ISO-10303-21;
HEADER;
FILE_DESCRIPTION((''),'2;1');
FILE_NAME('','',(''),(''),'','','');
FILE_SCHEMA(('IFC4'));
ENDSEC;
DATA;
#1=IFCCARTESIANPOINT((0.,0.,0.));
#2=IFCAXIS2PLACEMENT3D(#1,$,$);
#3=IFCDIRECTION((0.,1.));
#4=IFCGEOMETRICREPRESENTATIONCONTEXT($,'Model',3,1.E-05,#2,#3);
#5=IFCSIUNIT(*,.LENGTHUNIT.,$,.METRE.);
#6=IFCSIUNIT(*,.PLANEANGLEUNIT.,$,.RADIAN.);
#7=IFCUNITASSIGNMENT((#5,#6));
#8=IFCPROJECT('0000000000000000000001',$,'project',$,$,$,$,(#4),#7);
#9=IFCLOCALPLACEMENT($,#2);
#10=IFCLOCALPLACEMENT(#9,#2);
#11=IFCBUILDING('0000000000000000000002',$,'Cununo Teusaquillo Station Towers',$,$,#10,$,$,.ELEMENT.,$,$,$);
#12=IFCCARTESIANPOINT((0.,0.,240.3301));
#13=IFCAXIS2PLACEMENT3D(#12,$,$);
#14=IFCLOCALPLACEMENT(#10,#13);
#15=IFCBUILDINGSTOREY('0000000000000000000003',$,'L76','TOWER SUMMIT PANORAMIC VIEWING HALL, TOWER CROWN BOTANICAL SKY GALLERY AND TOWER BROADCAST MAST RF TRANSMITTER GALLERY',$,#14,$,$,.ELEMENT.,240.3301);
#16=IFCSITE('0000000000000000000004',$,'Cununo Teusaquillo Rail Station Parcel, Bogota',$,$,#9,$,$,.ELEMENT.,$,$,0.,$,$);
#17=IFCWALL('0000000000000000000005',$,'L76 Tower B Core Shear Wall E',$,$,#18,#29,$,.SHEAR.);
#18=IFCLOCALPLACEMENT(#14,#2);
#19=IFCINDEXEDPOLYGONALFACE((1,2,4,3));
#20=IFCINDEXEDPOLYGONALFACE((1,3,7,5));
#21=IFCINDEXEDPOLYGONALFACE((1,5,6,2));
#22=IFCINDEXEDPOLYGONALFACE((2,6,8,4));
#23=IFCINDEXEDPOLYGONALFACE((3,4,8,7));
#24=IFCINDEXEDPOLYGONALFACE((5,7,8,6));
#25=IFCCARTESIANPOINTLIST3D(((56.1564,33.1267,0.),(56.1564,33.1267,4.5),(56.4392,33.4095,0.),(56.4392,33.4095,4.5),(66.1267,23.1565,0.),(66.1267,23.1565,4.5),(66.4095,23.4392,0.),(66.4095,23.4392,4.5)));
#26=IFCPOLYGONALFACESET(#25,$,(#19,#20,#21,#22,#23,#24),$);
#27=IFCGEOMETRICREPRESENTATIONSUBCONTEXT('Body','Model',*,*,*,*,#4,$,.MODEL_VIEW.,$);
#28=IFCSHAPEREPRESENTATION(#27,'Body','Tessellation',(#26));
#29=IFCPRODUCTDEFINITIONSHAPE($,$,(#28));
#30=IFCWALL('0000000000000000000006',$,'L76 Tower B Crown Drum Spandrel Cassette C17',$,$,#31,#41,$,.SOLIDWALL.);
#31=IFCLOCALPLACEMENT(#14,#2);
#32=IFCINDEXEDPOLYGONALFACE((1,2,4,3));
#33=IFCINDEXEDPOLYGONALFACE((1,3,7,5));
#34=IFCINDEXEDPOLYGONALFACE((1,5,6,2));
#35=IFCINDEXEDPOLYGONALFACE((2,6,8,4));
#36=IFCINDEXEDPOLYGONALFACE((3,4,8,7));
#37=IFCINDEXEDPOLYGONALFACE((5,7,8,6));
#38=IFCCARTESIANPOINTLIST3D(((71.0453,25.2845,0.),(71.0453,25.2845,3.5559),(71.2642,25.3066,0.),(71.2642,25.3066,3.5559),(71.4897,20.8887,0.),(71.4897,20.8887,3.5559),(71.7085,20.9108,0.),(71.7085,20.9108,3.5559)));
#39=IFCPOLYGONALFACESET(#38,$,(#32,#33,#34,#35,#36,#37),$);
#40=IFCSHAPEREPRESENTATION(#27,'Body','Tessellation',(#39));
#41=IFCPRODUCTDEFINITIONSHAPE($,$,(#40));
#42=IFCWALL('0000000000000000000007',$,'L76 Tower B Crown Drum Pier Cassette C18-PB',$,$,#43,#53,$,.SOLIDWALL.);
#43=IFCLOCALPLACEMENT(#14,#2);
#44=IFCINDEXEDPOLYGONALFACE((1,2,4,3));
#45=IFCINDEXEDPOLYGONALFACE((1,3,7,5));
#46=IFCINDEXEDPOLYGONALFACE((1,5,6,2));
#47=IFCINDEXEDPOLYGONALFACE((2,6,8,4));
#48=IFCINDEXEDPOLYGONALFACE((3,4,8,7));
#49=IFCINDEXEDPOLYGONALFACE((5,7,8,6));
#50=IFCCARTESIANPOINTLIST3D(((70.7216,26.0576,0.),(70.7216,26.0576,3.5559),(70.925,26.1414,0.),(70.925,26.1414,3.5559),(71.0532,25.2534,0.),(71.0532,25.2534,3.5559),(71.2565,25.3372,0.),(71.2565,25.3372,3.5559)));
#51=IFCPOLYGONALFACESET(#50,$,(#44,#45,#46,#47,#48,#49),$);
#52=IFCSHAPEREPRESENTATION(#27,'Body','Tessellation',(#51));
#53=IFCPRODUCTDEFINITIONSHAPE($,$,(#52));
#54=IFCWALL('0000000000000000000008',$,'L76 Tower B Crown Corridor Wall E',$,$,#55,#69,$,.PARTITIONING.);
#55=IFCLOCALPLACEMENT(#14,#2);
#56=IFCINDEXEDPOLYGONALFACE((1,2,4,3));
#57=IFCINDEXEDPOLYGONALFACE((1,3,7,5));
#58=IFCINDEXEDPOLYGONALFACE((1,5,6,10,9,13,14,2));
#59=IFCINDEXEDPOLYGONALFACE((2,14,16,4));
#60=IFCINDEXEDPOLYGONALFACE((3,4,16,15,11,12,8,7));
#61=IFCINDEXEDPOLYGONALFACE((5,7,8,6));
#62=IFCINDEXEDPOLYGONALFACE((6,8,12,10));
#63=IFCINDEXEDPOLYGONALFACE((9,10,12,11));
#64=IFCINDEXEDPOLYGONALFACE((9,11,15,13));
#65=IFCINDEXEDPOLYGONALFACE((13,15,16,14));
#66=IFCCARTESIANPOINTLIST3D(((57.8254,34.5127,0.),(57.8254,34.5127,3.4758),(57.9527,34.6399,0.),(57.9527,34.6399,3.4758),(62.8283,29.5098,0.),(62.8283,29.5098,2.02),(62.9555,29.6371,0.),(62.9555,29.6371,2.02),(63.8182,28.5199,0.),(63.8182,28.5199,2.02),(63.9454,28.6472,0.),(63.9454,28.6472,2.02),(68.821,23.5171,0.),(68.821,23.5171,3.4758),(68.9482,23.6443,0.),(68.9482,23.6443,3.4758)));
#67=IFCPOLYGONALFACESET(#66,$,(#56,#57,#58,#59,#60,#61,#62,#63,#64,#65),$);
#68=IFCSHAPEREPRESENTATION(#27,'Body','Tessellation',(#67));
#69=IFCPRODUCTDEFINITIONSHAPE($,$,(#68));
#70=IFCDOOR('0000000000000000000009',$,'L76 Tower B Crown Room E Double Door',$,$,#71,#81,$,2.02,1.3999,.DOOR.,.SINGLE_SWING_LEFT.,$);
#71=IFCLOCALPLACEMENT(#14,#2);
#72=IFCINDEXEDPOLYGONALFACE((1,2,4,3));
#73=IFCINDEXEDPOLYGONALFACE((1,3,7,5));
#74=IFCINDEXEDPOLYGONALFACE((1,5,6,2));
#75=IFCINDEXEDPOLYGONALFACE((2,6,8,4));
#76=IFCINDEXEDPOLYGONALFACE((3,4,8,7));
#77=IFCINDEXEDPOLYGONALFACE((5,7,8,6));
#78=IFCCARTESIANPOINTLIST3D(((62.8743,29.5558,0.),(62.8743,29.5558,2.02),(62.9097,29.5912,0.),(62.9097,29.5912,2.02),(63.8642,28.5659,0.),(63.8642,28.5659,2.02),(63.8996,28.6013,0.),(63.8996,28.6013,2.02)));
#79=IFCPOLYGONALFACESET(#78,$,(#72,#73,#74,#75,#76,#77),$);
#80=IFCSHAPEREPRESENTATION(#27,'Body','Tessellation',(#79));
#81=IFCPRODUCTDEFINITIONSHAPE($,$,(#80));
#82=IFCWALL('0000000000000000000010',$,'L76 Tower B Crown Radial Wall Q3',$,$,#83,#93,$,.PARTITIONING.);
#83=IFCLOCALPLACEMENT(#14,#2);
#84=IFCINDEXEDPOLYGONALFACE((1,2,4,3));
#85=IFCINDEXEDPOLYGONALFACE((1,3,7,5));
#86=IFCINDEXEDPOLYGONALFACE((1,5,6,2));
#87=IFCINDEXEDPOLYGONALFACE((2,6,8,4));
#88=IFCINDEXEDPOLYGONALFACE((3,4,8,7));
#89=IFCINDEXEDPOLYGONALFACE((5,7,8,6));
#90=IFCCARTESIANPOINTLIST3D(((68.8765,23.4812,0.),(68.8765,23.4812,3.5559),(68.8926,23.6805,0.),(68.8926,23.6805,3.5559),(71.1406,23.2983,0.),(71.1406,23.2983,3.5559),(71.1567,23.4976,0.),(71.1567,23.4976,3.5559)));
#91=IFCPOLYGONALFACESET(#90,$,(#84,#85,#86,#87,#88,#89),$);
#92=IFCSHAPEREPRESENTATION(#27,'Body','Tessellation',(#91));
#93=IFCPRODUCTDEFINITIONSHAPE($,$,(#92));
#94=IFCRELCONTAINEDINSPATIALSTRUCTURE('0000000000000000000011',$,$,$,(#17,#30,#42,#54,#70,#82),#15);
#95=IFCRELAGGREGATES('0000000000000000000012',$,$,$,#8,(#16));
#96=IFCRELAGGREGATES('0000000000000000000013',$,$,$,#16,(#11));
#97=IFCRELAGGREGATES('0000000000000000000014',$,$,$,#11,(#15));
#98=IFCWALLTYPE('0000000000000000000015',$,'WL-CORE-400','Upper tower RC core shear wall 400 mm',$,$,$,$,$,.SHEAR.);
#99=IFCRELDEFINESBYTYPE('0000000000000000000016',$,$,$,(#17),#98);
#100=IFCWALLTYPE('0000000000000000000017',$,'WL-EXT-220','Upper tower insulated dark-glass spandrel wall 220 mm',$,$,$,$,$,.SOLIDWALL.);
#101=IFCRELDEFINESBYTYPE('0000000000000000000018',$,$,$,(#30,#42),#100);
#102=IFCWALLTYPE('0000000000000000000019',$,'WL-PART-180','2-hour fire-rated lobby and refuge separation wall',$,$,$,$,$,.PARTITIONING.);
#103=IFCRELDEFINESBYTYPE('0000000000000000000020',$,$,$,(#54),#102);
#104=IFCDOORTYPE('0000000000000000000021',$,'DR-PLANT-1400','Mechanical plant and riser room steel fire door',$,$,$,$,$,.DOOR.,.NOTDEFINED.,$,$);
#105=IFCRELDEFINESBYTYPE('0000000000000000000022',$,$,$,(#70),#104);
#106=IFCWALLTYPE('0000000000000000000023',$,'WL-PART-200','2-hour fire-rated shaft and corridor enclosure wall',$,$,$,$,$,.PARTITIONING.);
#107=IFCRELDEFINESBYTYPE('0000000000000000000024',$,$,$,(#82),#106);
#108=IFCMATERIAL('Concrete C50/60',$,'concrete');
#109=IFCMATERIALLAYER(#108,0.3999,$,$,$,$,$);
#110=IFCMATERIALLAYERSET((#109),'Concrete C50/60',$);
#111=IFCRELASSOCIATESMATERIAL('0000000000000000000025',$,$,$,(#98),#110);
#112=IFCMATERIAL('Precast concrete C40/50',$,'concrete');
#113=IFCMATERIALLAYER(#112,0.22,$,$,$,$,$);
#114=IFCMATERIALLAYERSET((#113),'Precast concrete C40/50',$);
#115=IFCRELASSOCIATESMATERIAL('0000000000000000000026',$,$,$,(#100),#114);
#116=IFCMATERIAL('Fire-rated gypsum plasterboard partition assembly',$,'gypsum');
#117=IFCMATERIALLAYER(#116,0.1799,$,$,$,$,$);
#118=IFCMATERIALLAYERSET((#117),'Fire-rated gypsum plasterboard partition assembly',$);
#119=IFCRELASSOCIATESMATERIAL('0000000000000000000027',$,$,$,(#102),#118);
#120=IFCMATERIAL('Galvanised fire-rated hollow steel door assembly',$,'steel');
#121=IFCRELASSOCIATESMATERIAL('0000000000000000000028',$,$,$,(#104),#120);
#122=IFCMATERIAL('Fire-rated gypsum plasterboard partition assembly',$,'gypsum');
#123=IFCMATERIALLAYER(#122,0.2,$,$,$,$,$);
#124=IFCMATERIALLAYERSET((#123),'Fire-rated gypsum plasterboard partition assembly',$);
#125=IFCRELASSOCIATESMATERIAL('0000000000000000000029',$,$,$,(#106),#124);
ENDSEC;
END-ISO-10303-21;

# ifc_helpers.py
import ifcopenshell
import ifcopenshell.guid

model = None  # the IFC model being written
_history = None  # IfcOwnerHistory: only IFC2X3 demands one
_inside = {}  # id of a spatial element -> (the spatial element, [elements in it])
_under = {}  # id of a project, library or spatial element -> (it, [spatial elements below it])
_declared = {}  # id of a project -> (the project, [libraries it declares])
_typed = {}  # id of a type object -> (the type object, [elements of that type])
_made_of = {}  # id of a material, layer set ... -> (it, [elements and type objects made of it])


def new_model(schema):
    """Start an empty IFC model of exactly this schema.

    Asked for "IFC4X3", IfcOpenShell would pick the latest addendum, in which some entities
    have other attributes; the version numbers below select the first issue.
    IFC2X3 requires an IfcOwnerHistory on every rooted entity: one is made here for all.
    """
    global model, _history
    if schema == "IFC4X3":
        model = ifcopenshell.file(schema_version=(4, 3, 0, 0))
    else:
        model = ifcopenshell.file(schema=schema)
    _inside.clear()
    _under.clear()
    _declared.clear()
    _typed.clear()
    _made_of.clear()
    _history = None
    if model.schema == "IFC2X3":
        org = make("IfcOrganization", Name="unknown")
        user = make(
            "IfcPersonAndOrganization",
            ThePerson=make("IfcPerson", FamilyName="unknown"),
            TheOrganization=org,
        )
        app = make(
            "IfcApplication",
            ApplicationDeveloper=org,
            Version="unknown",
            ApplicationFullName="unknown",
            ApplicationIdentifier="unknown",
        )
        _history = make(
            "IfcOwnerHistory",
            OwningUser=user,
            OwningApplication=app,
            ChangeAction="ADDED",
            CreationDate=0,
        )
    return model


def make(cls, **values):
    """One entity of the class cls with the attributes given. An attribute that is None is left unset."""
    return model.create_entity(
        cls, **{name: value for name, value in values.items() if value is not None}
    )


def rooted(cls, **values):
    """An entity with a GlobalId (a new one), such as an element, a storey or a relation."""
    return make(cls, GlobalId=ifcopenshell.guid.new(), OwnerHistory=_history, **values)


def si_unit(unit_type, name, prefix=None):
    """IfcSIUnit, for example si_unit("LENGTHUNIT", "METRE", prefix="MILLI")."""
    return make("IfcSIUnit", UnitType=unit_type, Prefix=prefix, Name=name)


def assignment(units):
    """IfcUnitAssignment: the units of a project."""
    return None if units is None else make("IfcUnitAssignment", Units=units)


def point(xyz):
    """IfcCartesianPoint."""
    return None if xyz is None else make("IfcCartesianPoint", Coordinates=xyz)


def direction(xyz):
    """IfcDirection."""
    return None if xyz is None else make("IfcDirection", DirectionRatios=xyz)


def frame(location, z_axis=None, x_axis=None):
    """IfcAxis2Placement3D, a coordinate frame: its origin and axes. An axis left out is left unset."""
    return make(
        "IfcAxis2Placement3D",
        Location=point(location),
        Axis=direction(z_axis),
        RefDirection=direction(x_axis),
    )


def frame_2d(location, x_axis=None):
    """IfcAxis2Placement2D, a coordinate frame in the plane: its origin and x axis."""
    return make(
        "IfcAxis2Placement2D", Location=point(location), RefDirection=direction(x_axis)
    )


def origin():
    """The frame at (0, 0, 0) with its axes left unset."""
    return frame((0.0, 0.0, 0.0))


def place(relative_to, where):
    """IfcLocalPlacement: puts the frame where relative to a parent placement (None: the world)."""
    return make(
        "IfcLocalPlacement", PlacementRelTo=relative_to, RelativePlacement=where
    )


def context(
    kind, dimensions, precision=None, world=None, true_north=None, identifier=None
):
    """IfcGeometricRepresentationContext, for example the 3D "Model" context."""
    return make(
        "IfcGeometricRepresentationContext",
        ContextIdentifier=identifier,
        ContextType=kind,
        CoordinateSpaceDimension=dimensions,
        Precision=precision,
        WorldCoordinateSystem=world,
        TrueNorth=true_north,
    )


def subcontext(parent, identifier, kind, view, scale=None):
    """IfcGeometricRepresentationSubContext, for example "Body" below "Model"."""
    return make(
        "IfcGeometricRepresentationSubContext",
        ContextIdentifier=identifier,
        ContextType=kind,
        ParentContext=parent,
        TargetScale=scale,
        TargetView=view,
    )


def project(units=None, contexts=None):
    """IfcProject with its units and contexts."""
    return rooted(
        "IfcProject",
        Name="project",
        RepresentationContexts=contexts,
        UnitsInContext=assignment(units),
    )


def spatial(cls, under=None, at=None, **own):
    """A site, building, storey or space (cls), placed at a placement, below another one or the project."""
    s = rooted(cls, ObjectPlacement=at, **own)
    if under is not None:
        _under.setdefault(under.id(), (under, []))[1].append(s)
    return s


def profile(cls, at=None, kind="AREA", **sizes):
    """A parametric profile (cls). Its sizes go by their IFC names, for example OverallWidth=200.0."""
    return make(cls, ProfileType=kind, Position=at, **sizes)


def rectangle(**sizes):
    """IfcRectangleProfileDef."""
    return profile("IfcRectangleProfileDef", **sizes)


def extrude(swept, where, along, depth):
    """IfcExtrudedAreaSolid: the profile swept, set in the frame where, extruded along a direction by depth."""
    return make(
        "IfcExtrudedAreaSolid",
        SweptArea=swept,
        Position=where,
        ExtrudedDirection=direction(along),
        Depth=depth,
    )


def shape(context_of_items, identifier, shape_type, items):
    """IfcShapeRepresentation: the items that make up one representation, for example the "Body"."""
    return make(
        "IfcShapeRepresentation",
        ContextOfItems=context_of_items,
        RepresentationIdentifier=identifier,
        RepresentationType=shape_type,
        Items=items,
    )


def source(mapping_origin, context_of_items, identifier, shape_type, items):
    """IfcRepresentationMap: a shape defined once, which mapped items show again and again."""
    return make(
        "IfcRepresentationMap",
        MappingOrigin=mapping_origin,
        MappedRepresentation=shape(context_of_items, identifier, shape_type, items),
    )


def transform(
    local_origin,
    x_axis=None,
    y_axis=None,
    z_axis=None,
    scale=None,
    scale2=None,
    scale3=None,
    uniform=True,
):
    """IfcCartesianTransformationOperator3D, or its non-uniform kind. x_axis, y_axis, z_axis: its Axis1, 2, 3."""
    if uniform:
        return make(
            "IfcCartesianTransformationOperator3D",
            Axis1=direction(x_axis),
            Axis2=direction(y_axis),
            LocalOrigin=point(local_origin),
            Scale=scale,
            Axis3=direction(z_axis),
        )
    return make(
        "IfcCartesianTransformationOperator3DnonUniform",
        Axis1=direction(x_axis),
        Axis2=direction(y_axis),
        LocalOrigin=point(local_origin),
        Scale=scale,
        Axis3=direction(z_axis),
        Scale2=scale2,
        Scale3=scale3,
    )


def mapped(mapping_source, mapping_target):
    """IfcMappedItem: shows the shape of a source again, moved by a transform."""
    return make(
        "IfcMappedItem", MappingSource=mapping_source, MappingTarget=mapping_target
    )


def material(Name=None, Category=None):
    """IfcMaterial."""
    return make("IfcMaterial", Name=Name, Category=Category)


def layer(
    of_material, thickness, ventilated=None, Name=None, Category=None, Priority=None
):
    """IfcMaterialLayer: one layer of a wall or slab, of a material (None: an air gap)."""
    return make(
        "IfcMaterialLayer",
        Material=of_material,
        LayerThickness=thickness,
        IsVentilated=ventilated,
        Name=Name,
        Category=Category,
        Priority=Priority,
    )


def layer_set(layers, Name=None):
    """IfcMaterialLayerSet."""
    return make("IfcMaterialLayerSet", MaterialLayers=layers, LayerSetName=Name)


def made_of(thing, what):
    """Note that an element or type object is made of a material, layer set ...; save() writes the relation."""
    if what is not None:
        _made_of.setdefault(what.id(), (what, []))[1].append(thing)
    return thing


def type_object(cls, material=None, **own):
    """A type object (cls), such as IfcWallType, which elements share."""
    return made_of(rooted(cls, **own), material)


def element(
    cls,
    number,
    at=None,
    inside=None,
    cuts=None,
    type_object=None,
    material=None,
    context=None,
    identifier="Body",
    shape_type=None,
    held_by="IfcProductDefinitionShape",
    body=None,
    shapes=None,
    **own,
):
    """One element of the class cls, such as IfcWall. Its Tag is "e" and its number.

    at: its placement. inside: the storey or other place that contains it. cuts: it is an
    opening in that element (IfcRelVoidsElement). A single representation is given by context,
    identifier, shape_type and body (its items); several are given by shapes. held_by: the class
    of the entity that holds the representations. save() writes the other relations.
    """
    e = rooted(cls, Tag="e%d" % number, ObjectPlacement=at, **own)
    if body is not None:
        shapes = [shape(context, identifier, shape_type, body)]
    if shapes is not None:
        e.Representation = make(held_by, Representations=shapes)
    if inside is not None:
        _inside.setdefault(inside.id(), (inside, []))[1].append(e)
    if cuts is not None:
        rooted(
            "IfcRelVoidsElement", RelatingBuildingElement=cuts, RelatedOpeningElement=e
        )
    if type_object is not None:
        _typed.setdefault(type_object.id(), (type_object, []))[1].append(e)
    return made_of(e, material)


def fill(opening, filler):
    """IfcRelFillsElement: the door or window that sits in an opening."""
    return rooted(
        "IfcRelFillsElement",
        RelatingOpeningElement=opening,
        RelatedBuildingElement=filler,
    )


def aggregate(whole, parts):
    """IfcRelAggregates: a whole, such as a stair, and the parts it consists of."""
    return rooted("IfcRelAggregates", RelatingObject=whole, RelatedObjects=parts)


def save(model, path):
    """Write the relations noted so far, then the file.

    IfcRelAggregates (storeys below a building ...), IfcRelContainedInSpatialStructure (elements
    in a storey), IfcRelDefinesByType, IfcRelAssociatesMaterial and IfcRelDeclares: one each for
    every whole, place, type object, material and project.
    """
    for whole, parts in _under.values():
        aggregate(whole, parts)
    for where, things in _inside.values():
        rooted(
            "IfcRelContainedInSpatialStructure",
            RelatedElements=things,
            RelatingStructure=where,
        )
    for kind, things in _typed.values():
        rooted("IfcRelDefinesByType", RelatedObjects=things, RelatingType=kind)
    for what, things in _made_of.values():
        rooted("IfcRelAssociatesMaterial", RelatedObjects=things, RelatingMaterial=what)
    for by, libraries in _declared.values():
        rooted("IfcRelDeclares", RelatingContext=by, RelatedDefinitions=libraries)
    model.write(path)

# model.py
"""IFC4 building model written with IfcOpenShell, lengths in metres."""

from ifc_helpers import new_model, si_unit, direction, frame, frame_2d, origin, place, context, subcontext, project, spatial, rectangle, extrude, source, transform, mapped, material, layer, layer_set, type_object, element, fill, save


model = new_model("IFC4")

# Units and contexts
model_context = context("Model", 3, precision=1e-05, world=origin(), true_north=direction((0.0, 1.0)))
body_context = subcontext(model_context, "Body", "Model", "MODEL_VIEW")
ifc_project = project(units=[si_unit("LENGTHUNIT", "METRE"), si_unit("PLANEANGLEUNIT", "RADIAN")], contexts=[model_context])

# Site, building, storey
site_placement = place(None, origin())
site = spatial("IfcSite", under=ifc_project, at=site_placement, Name="Cununo Teusaquillo Rail Station Parcel, Bogota", CompositionType="ELEMENT", RefElevation=0.0)
building_placement = place(site_placement, origin())
building = spatial("IfcBuilding", under=site, at=building_placement, Name="Cununo Teusaquillo Station Towers", CompositionType="ELEMENT")
storey_placement = place(building_placement, frame((0.0, 0.0, 240.3301)))
storey = spatial("IfcBuildingStorey", under=building, at=storey_placement, Name="L76", Description="TOWER SUMMIT PANORAMIC VIEWING HALL, TOWER CROWN BOTANICAL SKY GALLERY AND TOWER BROADCAST MAST RF TRANSMITTER GALLERY", CompositionType="ELEMENT", Elevation=240.3301)

# Walls
ifc_material_1 = material(Name="Concrete C50/60", Category="concrete")
ifc_layer_1 = layer(ifc_material_1, 0.3999)
ifc_layer_set_1 = layer_set([ifc_layer_1], Name="Concrete C50/60")
wall_type_1 = type_object("IfcWallType", Name="WL-CORE-400", Description="Upper tower RC core shear wall 400 mm", PredefinedType="SHEAR", material=ifc_layer_set_1)
wall_1_placement = place(storey_placement, frame((66.2681, 23.2979, 0.0), z_axis=(0.0, 0.0, 1.0), x_axis=(-0.707107, 0.707107, 0.0)))
element("IfcWall", 1, at=wall_1_placement, inside=storey, type_object=wall_type_1, Name="L76 Tower B Core Shear Wall E", PredefinedType="SHEAR", context=body_context, shape_type="SweptSolid", body=[
    extrude(rectangle(XDim=14.1001, YDim=0.3999, at=frame_2d((7.05, 0.0))), origin(), (0.0, 0.0, 1.0), 4.5),
])
ifc_material_2 = material(Name="Precast concrete C40/50", Category="concrete")
ifc_layer_2 = layer(ifc_material_2, 0.22)
ifc_layer_set_2 = layer_set([ifc_layer_2], Name="Precast concrete C40/50")
wall_type_2 = type_object("IfcWallType", Name="WL-EXT-220", Description="Upper tower insulated dark-glass spandrel wall 220 mm", PredefinedType="SOLIDWALL", material=ifc_layer_set_2)
wall_2_placement = place(storey_placement, frame((71.1548, 25.2954, 0.0), z_axis=(0.0, 0.0, 1.0), x_axis=(0.100571, -0.99493, 0.0)))
element("IfcWall", 2, at=wall_2_placement, inside=storey, type_object=wall_type_2, Name="L76 Tower B Crown Drum Spandrel Cassette C17", PredefinedType="SOLIDWALL", context=body_context, shape_type="SweptSolid", body=[
    extrude(rectangle(XDim=4.4182, YDim=0.22, at=frame_2d((2.209, 0.0))), origin(), (0.0, 0.0, 1.0), 3.5559),
])
wall_3_placement = place(storey_placement, frame((70.8232, 26.0996, 0.0), z_axis=(0.0, 0.0, 1.0), x_axis=(0.381145, -0.924515, 0.0)))
element("IfcWall", 3, at=wall_3_placement, inside=storey, type_object=wall_type_2, Name="L76 Tower B Crown Drum Pier Cassette C18-PB", PredefinedType="SOLIDWALL", context=body_context, shape_type="SweptSolid", body=[
    extrude(rectangle(XDim=0.8699, YDim=0.22, at=frame_2d((0.4351, 0.0))), origin(), (0.0, 0.0, 1.0), 3.5559),
])

# Wall, opening, door
ifc_material_3 = material(Name="Fire-rated gypsum plasterboard partition assembly", Category="gypsum")
ifc_layer_3 = layer(ifc_material_3, 0.1799)
ifc_layer_set_3 = layer_set([ifc_layer_3], Name="Fire-rated gypsum plasterboard partition assembly")
wall_type_3 = type_object("IfcWallType", Name="WL-PART-180", Description="2-hour fire-rated lobby and refuge separation wall", PredefinedType="PARTITIONING", material=ifc_layer_set_3)
wall_4_placement = place(storey_placement, frame((68.8845, 23.5808, 0.0), z_axis=(0.0, 0.0, 1.0), x_axis=(-0.707107, 0.707107, 0.0)))
wall_4 = element("IfcWall", 4, at=wall_4_placement, inside=storey, type_object=wall_type_3, Name="L76 Tower B Crown Corridor Wall E", PredefinedType="PARTITIONING", context=body_context, shape_type="SweptSolid", body=[
    extrude(rectangle(XDim=15.55, YDim=0.1799, at=frame_2d((7.7749, 0.0))), origin(), (0.0, 0.0, 1.0), 3.4758),
])
shared_shape_1 = source(origin(), body_context, "Body", "SweptSolid", [
    extrude(rectangle(XDim=1.3999, YDim=2.02, at=frame_2d((0.7, 1.01))), frame((0.0, 0.0999, 0.0), z_axis=(0.0, -1.0, 0.0), x_axis=(1.0, 0.0, 0.0)), (0.0, 0.0, 1.0), 0.2),
])
opening_1_placement = place(wall_4_placement, frame((7.075, 0.0, 0.0)))
opening_1 = element("IfcOpeningElement", 5, at=opening_1_placement, cuts=wall_4, PredefinedType="OPENING", context=body_context, shape_type="MappedRepresentation", body=[
    mapped(shared_shape_1, transform((0.0, 0.0, 0.0), x_axis=(1.0, 0.0, 0.0), y_axis=(0.0, 1.0, 0.0), z_axis=(0.0, 0.0, 1.0), scale=1.0)),
])
ifc_material_4 = material(Name="Galvanised fire-rated hollow steel door assembly", Category="steel")
door_type_1 = type_object("IfcDoorType", Name="DR-PLANT-1400", Description="Mechanical plant and riser room steel fire door", OperationType="NOTDEFINED", PredefinedType="DOOR", material=ifc_material_4)
shared_shape_2 = source(origin(), body_context, "Body", "SweptSolid", [
    extrude(rectangle(XDim=1.3999, YDim=2.02, at=frame_2d((0.7, 1.01))), frame((0.0, 0.0249, 0.0), z_axis=(0.0, -1.0, 0.0), x_axis=(1.0, 0.0, 0.0)), (0.0, 0.0, 1.0), 0.05),
])
door_1_placement = place(opening_1_placement, origin())
door_1 = element("IfcDoor", 6, at=door_1_placement, inside=storey, type_object=door_type_1, Name="L76 Tower B Crown Room E Double Door", OperationType="SINGLE_SWING_LEFT", OverallHeight=2.02, OverallWidth=1.3999, PredefinedType="DOOR", context=body_context, shape_type="MappedRepresentation", body=[
    mapped(shared_shape_2, transform((0.0, 0.0, 0.0), x_axis=(1.0, 0.0, 0.0), y_axis=(0.0, 1.0, 0.0), z_axis=(0.0, 0.0, 1.0), scale=1.0)),
])
fill(opening_1, door_1)

# Wall
ifc_material_5 = material(Name="Fire-rated gypsum plasterboard partition assembly", Category="gypsum")
ifc_layer_4 = layer(ifc_material_5, 0.2)
ifc_layer_set_4 = layer_set([ifc_layer_4], Name="Fire-rated gypsum plasterboard partition assembly")
wall_type_4 = type_object("IfcWallType", Name="WL-PART-200", Description="2-hour fire-rated shaft and corridor enclosure wall", PredefinedType="PARTITIONING", material=ifc_layer_set_4)
wall_5_placement = place(storey_placement, frame((68.8845, 23.5808, 0.0), z_axis=(0.0, 0.0, 1.0), x_axis=(0.996755, -0.080501, 0.0)))
element("IfcWall", 7, at=wall_5_placement, inside=storey, type_object=wall_type_4, Name="L76 Tower B Crown Radial Wall Q3", PredefinedType="PARTITIONING", context=body_context, shape_type="SweptSolid", body=[
    extrude(rectangle(XDim=2.2715, YDim=0.2, at=frame_2d((1.1357, 0.0))), origin(), (0.0, 0.0, 1.0), 3.5559),
])

save(model, "model.ifc")
